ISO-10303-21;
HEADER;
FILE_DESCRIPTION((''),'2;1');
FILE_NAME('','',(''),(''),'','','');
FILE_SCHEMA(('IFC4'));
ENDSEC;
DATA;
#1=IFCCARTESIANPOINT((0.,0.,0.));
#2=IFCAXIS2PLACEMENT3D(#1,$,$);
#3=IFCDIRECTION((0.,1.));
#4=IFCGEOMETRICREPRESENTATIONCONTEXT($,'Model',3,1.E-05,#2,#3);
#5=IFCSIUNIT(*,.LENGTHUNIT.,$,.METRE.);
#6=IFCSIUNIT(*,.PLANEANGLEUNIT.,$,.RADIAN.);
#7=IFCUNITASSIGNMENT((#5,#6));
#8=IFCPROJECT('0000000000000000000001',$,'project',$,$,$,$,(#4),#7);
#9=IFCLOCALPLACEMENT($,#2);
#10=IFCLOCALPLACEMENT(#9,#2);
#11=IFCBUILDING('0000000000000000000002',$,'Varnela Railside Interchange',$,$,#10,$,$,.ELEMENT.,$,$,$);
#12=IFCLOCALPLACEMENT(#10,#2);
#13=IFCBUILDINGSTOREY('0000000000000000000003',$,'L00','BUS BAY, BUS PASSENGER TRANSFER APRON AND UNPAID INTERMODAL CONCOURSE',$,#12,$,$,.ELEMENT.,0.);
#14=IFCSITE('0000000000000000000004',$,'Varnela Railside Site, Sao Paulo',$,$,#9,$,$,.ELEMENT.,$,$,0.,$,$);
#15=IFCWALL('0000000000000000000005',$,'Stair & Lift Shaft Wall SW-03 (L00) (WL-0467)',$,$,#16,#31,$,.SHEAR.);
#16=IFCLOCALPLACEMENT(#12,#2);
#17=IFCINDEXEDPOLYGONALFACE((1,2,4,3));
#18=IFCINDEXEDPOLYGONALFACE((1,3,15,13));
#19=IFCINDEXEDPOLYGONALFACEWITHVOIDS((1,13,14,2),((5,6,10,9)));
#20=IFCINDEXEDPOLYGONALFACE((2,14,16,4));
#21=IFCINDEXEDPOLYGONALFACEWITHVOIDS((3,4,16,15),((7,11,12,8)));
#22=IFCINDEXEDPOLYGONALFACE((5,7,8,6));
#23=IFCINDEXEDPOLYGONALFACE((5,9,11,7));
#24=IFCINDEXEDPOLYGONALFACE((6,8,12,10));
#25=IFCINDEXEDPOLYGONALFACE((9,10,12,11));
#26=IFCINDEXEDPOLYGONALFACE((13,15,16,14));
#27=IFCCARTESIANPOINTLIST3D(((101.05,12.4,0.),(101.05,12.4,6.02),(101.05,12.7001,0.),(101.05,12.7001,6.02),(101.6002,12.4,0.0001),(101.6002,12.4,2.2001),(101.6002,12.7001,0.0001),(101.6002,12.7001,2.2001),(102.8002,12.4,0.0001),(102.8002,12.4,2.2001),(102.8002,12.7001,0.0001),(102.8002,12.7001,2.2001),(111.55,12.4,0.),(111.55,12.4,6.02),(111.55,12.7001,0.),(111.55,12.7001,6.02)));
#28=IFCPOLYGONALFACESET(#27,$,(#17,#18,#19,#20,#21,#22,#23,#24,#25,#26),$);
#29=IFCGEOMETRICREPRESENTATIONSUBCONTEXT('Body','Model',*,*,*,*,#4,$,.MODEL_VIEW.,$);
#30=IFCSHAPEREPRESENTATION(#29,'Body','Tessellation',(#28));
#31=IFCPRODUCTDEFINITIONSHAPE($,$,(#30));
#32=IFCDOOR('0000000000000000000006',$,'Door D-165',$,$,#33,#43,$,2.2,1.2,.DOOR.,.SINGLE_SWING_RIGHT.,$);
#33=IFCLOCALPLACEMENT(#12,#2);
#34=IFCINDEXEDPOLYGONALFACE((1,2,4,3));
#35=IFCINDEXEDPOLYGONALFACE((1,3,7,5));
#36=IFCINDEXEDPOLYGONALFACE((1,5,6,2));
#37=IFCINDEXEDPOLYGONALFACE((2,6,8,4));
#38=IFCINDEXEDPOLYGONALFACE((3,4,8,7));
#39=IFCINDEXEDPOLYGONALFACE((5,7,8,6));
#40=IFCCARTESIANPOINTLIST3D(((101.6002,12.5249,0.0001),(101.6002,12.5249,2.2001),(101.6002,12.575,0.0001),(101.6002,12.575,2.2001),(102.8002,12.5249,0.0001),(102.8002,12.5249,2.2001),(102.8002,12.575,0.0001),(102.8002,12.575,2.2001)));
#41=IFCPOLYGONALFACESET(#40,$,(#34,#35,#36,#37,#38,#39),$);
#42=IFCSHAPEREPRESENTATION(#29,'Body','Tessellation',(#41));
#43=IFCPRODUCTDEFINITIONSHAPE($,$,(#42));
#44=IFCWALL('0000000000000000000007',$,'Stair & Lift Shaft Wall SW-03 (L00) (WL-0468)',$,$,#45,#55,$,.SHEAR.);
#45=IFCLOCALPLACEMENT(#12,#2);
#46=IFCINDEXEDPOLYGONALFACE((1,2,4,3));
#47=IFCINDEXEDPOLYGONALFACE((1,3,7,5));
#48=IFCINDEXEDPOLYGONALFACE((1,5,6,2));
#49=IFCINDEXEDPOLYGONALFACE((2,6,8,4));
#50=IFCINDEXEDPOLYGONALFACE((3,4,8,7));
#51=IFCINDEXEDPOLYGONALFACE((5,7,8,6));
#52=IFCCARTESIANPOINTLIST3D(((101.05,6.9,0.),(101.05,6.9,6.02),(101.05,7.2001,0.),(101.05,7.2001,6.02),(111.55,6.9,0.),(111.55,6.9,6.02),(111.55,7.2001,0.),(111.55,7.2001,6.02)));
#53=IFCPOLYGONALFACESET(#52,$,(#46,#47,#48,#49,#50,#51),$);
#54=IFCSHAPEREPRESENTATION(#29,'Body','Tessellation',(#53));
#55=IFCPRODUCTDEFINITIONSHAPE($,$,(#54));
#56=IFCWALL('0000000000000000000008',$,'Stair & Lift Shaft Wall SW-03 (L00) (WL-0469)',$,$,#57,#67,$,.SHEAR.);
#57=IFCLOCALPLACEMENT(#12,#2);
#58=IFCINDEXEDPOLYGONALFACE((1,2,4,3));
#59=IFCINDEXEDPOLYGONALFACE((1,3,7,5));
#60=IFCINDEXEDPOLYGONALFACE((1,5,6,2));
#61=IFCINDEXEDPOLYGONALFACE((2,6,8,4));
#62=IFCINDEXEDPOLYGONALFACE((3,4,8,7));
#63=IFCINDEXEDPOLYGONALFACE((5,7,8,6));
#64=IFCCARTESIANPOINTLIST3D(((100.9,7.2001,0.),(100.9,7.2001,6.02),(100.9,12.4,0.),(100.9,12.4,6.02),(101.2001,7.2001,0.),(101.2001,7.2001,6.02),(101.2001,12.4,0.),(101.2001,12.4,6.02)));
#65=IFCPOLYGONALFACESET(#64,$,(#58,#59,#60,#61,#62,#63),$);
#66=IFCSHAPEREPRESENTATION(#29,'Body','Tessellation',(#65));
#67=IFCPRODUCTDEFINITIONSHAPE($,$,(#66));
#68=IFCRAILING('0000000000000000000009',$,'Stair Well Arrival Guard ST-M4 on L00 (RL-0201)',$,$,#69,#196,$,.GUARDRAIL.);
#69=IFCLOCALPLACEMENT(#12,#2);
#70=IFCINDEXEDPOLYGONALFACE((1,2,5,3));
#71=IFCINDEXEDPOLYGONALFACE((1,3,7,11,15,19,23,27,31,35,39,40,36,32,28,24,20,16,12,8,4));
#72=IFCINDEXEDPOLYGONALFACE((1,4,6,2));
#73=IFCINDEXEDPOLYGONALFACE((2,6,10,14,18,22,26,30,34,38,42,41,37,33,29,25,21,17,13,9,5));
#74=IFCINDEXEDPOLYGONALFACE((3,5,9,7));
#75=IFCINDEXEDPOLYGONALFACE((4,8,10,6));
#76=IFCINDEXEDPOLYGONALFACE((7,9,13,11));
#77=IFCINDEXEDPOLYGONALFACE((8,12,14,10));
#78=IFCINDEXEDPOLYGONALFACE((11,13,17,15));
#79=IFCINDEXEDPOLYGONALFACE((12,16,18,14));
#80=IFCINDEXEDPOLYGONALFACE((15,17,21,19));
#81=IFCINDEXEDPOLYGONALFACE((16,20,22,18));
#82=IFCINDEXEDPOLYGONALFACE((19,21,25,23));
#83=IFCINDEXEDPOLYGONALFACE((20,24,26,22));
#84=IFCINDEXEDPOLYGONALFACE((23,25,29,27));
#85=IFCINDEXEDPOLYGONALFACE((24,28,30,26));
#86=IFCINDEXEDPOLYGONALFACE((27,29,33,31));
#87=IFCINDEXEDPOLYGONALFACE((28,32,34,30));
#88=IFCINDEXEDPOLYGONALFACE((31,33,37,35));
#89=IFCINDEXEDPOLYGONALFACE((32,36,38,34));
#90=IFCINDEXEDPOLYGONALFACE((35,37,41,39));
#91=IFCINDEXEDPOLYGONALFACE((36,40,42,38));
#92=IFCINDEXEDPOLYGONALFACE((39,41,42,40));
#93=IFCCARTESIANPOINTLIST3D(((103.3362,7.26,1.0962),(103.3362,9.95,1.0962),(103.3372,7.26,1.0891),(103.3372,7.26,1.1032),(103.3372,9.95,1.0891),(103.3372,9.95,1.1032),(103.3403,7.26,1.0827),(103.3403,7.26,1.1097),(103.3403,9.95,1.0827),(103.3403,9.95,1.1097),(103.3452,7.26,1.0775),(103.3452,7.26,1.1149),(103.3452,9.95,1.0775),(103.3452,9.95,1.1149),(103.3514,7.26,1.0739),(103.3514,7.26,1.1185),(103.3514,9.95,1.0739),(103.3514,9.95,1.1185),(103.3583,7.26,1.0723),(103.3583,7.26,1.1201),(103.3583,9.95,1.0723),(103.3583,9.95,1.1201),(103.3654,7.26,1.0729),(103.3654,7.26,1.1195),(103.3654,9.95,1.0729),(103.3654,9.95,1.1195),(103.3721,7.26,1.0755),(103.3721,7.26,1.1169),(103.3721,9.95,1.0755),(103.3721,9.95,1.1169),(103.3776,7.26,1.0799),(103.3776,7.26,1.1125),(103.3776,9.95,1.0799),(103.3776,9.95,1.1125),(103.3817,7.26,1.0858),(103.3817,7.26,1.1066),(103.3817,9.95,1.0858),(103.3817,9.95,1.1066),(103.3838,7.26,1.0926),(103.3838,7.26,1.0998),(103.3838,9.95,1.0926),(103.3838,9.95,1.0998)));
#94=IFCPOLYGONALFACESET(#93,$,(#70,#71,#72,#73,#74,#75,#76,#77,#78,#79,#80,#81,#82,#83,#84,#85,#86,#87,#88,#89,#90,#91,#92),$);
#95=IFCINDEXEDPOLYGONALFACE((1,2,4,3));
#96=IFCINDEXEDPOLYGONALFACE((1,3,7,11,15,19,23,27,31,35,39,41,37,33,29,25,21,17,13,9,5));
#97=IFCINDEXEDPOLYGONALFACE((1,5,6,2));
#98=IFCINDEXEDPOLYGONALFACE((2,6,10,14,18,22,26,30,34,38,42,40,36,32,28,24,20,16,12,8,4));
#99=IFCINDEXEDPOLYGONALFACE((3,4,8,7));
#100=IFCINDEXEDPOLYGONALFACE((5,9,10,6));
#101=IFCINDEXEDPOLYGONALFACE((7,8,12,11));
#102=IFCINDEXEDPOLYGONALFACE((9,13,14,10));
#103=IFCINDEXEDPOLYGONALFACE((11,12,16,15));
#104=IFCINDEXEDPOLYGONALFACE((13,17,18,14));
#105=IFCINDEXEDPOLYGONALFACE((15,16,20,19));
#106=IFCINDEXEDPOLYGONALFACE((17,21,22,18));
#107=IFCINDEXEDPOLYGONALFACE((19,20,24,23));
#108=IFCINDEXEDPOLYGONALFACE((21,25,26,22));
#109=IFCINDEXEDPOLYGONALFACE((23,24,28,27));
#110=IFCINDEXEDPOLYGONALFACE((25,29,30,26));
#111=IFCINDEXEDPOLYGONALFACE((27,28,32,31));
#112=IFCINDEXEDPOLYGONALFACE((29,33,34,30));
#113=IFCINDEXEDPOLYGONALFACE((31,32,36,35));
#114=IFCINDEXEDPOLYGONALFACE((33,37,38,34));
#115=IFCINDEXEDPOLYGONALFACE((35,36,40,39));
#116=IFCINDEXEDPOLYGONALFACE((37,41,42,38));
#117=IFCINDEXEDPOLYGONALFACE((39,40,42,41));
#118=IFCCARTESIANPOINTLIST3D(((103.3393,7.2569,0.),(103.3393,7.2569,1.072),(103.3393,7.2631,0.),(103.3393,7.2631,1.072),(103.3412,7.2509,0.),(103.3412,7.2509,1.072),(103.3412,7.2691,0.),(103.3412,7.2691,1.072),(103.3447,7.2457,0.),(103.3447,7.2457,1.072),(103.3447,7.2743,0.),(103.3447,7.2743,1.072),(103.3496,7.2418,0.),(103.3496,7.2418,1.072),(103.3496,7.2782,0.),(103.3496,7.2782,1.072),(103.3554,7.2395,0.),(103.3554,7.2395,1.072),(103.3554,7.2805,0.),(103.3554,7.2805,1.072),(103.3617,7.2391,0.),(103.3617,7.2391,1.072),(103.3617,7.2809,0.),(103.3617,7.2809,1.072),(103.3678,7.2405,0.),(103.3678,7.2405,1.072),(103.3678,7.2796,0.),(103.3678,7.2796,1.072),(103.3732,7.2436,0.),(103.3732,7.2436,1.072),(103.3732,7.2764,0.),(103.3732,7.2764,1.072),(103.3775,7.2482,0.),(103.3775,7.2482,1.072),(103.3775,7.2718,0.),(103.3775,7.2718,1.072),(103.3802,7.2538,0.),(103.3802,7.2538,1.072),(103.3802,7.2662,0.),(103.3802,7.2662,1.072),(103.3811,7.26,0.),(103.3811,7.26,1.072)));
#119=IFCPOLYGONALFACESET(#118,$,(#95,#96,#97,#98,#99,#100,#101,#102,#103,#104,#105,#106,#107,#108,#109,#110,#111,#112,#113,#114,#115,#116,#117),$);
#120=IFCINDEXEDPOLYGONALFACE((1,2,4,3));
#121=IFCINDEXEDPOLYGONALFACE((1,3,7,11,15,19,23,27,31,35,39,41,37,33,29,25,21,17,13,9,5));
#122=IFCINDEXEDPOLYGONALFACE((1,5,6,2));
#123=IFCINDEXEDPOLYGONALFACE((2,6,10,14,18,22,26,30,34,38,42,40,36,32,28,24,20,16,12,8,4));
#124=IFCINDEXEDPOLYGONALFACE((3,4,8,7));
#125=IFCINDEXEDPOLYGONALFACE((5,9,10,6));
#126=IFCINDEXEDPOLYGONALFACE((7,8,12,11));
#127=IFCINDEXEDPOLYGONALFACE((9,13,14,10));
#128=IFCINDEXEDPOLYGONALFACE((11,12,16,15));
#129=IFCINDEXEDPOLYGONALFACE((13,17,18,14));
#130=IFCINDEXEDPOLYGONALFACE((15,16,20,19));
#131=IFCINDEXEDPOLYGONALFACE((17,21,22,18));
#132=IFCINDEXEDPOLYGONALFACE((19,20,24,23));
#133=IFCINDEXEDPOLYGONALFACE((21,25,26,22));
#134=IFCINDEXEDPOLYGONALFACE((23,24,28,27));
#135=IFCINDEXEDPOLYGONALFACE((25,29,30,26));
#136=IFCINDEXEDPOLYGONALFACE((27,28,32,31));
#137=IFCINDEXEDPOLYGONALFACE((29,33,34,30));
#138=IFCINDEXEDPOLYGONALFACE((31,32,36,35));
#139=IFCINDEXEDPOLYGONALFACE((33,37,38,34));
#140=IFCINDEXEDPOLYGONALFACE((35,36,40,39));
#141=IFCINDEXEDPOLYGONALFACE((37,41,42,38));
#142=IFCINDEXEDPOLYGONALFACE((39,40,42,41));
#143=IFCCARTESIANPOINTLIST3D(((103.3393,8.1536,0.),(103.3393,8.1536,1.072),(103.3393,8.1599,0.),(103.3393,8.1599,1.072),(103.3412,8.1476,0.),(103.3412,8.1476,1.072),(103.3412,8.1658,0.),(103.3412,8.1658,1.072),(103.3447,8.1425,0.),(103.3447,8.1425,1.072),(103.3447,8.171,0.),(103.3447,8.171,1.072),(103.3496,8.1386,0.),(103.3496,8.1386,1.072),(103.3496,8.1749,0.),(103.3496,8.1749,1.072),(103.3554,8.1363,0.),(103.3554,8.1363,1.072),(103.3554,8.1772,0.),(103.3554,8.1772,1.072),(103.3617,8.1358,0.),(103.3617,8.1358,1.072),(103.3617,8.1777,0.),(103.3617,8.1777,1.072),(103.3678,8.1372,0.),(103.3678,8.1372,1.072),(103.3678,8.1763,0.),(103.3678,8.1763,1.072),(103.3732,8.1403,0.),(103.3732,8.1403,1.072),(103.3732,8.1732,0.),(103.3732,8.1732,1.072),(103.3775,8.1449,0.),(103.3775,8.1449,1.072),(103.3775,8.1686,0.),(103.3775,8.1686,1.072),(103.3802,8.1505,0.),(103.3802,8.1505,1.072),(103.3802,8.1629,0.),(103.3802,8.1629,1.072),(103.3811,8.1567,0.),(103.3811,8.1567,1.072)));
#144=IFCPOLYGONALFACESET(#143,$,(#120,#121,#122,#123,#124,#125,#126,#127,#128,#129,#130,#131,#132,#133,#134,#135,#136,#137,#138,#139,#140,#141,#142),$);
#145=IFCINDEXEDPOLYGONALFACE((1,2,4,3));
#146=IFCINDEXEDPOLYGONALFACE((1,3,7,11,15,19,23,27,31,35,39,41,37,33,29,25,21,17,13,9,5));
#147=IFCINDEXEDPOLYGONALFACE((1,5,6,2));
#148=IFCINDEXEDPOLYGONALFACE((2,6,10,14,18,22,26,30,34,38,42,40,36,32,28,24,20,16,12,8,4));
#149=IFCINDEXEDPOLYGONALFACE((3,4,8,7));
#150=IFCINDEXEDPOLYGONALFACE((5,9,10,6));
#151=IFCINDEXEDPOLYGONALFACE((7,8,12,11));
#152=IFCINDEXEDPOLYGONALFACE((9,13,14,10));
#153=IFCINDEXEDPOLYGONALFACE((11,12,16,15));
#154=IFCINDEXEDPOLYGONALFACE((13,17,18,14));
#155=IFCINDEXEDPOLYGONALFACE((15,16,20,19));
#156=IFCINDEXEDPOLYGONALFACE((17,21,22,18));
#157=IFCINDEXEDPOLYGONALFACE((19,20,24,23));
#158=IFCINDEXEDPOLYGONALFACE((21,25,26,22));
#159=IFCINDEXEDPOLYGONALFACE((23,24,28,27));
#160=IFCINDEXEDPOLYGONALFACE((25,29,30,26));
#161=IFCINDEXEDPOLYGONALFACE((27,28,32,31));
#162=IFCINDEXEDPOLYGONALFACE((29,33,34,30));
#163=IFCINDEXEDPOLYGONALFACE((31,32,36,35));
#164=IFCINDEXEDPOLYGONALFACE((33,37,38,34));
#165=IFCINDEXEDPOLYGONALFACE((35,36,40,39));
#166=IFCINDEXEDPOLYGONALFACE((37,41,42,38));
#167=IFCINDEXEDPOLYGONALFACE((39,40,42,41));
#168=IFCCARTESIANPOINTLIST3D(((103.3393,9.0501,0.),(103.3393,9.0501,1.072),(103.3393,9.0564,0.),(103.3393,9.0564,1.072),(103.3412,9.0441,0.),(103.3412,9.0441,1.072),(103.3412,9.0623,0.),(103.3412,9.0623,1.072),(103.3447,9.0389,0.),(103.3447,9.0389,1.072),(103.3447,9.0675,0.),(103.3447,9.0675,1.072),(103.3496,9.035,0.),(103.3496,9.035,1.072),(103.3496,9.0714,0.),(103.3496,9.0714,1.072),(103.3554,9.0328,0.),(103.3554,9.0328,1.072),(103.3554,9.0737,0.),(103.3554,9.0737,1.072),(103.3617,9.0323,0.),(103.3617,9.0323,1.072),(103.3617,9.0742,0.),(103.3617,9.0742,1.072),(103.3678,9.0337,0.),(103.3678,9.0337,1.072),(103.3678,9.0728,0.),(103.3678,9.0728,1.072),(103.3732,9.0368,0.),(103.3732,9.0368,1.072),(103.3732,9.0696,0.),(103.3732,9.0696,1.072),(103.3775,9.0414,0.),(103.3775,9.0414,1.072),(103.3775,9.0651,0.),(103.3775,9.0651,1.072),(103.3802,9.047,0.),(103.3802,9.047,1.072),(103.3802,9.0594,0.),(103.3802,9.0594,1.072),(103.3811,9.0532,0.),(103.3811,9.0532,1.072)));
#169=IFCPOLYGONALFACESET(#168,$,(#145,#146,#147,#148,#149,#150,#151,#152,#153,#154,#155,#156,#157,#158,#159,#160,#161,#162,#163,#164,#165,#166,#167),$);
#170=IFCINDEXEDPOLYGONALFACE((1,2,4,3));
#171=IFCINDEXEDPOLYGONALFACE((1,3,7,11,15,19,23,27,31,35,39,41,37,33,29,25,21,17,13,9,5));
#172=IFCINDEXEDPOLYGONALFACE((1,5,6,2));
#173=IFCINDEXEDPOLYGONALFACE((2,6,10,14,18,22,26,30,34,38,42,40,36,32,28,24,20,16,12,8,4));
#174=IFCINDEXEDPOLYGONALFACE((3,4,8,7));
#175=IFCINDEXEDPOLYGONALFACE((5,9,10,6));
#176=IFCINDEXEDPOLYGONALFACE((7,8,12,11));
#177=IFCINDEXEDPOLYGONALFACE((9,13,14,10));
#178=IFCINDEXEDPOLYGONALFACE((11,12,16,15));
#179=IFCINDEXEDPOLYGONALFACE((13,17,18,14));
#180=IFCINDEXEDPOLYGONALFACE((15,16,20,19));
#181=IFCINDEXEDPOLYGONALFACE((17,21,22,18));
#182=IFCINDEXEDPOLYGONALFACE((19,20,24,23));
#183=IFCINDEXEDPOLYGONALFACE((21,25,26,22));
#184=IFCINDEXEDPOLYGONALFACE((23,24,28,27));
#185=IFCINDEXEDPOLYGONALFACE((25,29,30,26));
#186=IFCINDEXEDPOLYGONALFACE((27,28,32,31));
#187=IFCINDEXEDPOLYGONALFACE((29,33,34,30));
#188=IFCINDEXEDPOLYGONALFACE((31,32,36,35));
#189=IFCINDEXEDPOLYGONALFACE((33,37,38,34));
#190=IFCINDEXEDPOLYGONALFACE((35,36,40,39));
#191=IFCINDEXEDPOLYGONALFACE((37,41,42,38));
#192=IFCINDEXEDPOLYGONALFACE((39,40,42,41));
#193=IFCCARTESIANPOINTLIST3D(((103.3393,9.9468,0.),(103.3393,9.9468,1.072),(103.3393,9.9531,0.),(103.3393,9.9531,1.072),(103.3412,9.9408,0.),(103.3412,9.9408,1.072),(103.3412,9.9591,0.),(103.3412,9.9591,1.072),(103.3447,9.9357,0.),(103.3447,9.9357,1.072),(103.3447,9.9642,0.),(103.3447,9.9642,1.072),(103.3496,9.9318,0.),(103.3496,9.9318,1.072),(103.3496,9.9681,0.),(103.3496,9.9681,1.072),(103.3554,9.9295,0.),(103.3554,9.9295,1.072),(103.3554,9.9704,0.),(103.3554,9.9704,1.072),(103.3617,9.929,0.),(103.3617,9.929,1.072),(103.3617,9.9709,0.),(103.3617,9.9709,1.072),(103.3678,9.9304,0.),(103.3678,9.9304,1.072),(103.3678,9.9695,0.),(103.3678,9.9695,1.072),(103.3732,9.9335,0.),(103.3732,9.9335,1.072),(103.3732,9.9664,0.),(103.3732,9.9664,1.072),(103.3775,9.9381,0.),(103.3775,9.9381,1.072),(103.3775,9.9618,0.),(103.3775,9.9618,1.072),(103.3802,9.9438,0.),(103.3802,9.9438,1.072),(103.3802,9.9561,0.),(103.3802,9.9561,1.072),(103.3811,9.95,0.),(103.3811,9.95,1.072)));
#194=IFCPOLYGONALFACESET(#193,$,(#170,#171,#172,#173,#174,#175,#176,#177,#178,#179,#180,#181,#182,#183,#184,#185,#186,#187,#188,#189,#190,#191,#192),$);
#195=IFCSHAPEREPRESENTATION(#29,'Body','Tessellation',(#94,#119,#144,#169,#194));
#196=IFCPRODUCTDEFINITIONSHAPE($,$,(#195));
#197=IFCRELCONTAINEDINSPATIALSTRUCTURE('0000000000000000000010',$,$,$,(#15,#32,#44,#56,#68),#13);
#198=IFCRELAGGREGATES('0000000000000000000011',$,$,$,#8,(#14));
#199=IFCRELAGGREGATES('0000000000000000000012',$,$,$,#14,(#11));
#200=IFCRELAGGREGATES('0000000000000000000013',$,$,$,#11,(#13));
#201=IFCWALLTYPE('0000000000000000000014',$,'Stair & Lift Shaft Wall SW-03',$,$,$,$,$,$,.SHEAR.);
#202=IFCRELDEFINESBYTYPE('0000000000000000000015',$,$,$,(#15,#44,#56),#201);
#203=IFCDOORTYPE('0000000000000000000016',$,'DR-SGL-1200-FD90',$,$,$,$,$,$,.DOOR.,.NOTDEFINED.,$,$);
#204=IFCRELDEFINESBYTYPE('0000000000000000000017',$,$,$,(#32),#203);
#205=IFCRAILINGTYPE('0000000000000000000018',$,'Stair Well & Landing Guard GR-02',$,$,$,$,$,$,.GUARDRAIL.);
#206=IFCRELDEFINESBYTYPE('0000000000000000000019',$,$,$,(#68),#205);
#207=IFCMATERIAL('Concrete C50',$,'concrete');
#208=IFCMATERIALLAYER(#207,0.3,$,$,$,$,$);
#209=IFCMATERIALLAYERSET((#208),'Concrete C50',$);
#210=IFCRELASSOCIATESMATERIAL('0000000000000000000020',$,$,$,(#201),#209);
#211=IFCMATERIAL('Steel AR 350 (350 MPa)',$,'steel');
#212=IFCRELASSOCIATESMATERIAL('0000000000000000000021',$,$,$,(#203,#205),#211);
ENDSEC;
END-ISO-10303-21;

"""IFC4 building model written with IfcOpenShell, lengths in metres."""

from ifc_helpers import new_model, si_unit, direction, frame, frame_2d, origin, origin_2d, place, context, subcontext, project, spatial, rectangle, circle, extrude, material, layer, layer_set, type_object, element, fill, save


model = new_model("IFC4")

# Units and contexts
model_context = context("Model", 3, precision=1e-05, world=origin(), true_north=direction((0.0, 1.0)))
body_context = subcontext(model_context, "Body", "Model", "MODEL_VIEW")
ifc_project = project(units=[si_unit("LENGTHUNIT", "METRE"), si_unit("PLANEANGLEUNIT", "RADIAN")], contexts=[model_context])

# Site, building, storey
site_placement = place(None, origin())
site = spatial("IfcSite", under=ifc_project, at=site_placement, Name="Varnela Railside Site, Sao Paulo", CompositionType="ELEMENT", RefElevation=0.0)
building_placement = place(site_placement, origin())
building = spatial("IfcBuilding", under=site, at=building_placement, Name="Varnela Railside Interchange", CompositionType="ELEMENT")
storey_placement = place(building_placement, origin())
storey = spatial("IfcBuildingStorey", under=building, at=storey_placement, Name="L00", Description="BUS BAY, BUS PASSENGER TRANSFER APRON AND UNPAID INTERMODAL CONCOURSE", CompositionType="ELEMENT", Elevation=0.0)

# Shared definitions
ifc_material_1 = material(Name="Concrete C50", Category="concrete")

# Shared definitions
ifc_material_2 = material(Name="Steel AR 350 (350 MPa)", Category="steel")

# Wall, opening, door
ifc_layer_1 = layer(ifc_material_1, 0.3)
ifc_layer_set_1 = layer_set([ifc_layer_1], Name="Concrete C50")
wall_type = type_object("IfcWallType", Name="Stair & Lift Shaft Wall SW-03", PredefinedType="SHEAR", material=ifc_layer_set_1)
wall_1_placement = place(storey_placement, frame((101.05, 12.55, 0.0), z_axis=(0.0, 0.0, 1.0), x_axis=(1.0, 0.0, 0.0)))
wall_1 = element("IfcWall", 1, at=wall_1_placement, inside=storey, type_object=wall_type, Name="Stair & Lift Shaft Wall SW-03 (L00) (WL-0467)", PredefinedType="SHEAR", context=body_context, shape_type="SweptSolid", body=[
    extrude(rectangle(XDim=10.5, YDim=0.3, at=frame_2d((5.25, 0.0))), origin(), (0.0, 0.0, 1.0), 6.02),
])
opening_placement = place(wall_1_placement, frame((0.55, 0.0, 0.0)))
opening = element("IfcOpeningElement", 2, at=opening_placement, cuts=wall_1, PredefinedType="OPENING", context=body_context, shape_type="SweptSolid", body=[
    extrude(rectangle(XDim=1.2, YDim=2.2, at=frame_2d((0.6001, 1.1001))), frame((0.0, 0.1599, 0.0), z_axis=(0.0, -1.0, 0.0), x_axis=(1.0, 0.0, 0.0)), (0.0, 0.0, 1.0), 0.3201),
])
door_type = type_object("IfcDoorType", Name="DR-SGL-1200-FD90", OperationType="NOTDEFINED", PredefinedType="DOOR", material=ifc_material_2)
door_placement = place(opening_placement, origin())
door = element("IfcDoor", 3, at=door_placement, inside=storey, type_object=door_type, Name="Door D-165", OperationType="SINGLE_SWING_RIGHT", OverallHeight=2.2, OverallWidth=1.2, PredefinedType="DOOR", context=body_context, shape_type="SweptSolid", body=[
    extrude(rectangle(XDim=1.2, YDim=2.2, at=frame_2d((0.6001, 1.1001))), frame((0.0, 0.0249, 0.0), z_axis=(0.0, -1.0, 0.0), x_axis=(1.0, 0.0, 0.0)), (0.0, 0.0, 1.0), 0.05),
])
fill(opening, door)

# Walls
wall_2_placement = place(storey_placement, frame((101.05, 7.05, 0.0), z_axis=(0.0, 0.0, 1.0), x_axis=(1.0, 0.0, 0.0)))
element("IfcWall", 4, at=wall_2_placement, inside=storey, type_object=wall_type, Name="Stair & Lift Shaft Wall SW-03 (L00) (WL-0468)", PredefinedType="SHEAR", context=body_context, shape_type="SweptSolid", body=[
    extrude(rectangle(XDim=10.5, YDim=0.3, at=frame_2d((5.25, 0.0))), origin(), (0.0, 0.0, 1.0), 6.02),
])
wall_3_placement = place(storey_placement, frame((101.05, 7.2, 0.0), z_axis=(0.0, 0.0, 1.0), x_axis=(0.0, 1.0, 0.0)))
element("IfcWall", 5, at=wall_3_placement, inside=storey, type_object=wall_type, Name="Stair & Lift Shaft Wall SW-03 (L00) (WL-0469)", PredefinedType="SHEAR", context=body_context, shape_type="SweptSolid", body=[
    extrude(rectangle(XDim=5.2, YDim=0.3, at=frame_2d((2.6001, 0.0))), origin(), (0.0, 0.0, 1.0), 6.02),
])

# Railing
railing_type = type_object("IfcRailingType", Name="Stair Well & Landing Guard GR-02", PredefinedType="GUARDRAIL", material=ifc_material_2)
railing_placement = place(storey_placement, frame((103.3601, 7.26, 0.0)))
element("IfcRailing", 6, at=railing_placement, inside=storey, type_object=railing_type, Name="Stair Well Arrival Guard ST-M4 on L00 (RL-0201)", PredefinedType="GUARDRAIL", context=body_context, shape_type="SweptSolid", body=[
    extrude(circle(Radius=0.0239, at=origin_2d()), frame((0.0, 0.0, 1.0962), z_axis=(0.0, 1.0, 0.0), x_axis=(-1.0, 0.0, 0.0)), (0.0, 0.0, 1.0), 2.6899),
    extrude(circle(Radius=0.021, at=origin_2d()), origin(), (0.0, 0.0, 1.0), 1.072),
    extrude(circle(Radius=0.021, at=origin_2d()), frame((0.0, 0.8967, 0.0)), (0.0, 0.0, 1.0), 1.072),
    extrude(circle(Radius=0.021, at=origin_2d()), frame((0.0, 1.7932, 0.0)), (0.0, 0.0, 1.0), 1.072),
    extrude(circle(Radius=0.021, at=origin_2d()), frame((0.0, 2.6899, 0.0)), (0.0, 0.0, 1.0), 1.072),
])

save(model, "model.ifc")
